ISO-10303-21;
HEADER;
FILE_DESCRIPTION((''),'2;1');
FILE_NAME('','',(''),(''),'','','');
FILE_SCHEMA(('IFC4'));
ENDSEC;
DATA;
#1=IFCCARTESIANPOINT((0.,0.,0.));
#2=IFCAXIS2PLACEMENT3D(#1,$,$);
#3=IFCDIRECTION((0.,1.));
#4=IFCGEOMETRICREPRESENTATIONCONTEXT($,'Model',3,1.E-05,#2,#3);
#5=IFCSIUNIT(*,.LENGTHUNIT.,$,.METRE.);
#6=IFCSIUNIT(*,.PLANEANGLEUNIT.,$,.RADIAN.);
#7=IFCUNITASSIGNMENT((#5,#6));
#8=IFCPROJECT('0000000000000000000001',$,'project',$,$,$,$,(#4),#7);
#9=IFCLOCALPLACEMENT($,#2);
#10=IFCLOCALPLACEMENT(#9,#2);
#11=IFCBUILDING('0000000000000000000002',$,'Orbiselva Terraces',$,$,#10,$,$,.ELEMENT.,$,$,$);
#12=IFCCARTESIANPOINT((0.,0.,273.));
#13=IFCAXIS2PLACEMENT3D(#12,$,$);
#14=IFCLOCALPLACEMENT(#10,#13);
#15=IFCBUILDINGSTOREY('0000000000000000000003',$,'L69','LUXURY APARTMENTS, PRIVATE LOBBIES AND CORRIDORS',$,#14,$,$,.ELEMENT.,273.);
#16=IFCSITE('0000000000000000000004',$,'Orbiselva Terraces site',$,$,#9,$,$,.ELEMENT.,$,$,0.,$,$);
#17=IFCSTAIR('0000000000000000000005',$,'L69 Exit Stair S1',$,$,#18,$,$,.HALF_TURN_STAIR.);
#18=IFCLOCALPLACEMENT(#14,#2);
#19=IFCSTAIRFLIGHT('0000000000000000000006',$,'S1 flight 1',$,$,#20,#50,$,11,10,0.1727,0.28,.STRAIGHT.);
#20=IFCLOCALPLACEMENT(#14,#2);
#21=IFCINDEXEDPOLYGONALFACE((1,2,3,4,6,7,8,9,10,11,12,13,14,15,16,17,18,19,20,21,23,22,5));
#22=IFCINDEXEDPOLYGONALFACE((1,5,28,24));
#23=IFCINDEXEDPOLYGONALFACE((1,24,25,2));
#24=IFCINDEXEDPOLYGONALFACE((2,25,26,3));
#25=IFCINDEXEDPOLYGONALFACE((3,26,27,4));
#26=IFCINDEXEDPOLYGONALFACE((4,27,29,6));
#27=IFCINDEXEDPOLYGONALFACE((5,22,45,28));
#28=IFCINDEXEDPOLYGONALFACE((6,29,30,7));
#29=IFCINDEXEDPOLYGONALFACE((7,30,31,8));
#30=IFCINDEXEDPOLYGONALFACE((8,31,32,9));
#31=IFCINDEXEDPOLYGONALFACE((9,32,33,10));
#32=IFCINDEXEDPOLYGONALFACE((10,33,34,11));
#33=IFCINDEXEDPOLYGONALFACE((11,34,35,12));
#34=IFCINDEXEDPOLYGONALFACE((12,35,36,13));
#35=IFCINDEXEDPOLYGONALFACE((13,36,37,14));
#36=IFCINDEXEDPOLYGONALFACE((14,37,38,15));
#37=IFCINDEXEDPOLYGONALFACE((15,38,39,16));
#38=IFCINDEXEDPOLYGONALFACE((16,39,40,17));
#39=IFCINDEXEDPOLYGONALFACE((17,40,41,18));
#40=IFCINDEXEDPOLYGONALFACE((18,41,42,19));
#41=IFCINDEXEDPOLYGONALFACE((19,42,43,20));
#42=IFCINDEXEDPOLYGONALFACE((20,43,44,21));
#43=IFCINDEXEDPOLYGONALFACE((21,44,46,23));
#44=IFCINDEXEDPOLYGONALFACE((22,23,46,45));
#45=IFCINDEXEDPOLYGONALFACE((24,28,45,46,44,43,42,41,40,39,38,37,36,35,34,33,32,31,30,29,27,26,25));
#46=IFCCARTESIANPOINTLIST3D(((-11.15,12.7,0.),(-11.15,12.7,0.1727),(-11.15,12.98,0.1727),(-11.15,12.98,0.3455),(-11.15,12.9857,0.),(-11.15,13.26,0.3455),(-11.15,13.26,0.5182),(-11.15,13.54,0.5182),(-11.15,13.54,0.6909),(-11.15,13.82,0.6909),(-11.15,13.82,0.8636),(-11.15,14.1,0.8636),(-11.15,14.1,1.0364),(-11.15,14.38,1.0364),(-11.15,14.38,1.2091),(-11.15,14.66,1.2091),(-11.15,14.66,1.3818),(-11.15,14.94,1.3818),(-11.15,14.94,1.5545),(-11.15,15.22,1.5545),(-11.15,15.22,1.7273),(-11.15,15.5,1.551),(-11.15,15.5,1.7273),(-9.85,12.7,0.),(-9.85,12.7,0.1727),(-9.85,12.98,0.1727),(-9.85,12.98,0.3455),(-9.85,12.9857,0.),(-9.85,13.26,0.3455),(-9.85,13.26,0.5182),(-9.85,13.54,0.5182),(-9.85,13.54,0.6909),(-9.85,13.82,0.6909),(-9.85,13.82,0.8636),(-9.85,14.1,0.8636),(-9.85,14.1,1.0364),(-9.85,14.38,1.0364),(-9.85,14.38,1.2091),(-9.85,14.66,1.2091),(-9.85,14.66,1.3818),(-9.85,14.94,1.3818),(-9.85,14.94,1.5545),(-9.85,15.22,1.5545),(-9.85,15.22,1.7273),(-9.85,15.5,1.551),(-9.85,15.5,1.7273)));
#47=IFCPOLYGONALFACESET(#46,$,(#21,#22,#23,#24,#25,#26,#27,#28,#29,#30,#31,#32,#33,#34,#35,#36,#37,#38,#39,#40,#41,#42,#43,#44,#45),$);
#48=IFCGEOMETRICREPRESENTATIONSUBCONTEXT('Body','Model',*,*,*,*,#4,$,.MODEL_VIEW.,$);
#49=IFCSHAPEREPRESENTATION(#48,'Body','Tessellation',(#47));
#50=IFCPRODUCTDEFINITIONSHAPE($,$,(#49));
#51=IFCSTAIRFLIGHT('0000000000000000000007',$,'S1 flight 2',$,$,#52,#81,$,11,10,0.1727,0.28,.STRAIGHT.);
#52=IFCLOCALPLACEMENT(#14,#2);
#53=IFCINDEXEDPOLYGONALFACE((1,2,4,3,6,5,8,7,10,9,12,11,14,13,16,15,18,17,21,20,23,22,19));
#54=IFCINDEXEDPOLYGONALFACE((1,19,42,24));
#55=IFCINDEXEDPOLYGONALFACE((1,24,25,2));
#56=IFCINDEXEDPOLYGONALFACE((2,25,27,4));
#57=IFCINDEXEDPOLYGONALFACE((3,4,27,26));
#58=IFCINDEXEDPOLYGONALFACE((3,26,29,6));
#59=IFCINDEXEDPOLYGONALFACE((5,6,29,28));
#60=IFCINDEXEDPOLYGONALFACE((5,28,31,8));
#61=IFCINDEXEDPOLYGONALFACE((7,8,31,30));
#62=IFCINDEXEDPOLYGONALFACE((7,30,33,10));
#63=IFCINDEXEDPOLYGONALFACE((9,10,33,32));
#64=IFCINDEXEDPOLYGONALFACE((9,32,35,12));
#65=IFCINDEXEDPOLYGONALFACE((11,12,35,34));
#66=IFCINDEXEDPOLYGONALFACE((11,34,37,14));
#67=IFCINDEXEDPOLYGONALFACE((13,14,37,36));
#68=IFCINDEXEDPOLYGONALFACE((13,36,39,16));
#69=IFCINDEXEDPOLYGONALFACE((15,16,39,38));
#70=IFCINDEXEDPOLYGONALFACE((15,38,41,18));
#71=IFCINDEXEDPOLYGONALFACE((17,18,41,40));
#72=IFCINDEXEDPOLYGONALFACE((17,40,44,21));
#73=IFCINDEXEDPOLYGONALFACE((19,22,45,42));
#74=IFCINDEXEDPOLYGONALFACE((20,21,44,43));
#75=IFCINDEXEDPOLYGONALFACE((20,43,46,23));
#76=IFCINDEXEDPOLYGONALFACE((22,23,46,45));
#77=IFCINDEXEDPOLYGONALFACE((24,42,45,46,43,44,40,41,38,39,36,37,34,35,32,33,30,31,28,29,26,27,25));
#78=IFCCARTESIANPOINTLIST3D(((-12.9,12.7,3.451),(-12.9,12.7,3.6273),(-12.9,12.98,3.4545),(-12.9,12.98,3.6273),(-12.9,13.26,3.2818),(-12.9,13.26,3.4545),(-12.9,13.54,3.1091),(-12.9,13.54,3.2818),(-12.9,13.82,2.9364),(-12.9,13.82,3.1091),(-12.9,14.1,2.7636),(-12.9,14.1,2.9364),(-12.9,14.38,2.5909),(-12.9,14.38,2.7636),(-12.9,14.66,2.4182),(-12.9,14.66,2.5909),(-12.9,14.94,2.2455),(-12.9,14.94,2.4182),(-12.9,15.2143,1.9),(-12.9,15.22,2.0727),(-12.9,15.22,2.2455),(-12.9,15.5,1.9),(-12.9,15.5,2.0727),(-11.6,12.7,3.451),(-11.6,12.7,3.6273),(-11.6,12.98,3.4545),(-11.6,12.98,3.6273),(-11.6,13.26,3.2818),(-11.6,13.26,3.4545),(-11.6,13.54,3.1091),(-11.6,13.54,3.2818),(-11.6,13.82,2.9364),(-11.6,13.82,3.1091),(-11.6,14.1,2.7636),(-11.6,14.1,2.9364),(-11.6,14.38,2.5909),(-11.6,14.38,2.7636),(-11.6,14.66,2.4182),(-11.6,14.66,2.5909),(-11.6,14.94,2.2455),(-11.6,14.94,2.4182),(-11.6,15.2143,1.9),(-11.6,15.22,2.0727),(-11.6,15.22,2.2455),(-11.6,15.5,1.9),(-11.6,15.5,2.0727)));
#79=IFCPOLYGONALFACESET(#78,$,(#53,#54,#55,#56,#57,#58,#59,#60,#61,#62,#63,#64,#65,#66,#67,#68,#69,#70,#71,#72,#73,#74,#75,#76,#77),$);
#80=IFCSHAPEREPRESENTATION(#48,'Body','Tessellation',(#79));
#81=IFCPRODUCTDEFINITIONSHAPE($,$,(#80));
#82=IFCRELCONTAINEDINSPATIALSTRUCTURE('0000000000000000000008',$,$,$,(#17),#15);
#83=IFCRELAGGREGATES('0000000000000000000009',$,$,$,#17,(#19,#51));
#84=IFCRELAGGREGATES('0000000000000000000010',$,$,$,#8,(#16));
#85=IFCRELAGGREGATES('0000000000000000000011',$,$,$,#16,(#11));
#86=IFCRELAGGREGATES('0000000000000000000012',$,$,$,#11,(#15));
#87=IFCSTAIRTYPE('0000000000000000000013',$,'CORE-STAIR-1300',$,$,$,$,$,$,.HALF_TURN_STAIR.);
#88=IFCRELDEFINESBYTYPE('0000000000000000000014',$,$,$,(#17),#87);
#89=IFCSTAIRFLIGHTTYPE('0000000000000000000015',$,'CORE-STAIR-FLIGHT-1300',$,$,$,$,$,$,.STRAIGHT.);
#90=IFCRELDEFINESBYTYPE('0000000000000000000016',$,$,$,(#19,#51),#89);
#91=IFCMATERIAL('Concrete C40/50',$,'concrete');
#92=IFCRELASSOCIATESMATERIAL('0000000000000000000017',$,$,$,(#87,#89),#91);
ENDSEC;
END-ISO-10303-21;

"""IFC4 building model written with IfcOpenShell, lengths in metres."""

from ifc_helpers import new_model, si_unit, direction, frame, origin, place, context, subcontext, project, spatial, polyline, outline, extrude, material, type_object, element, aggregate, save


model = new_model("IFC4")

# Units and contexts
model_context = context("Model", 3, precision=1e-05, world=origin(), true_north=direction((0.0, 1.0)))
body_context = subcontext(model_context, "Body", "Model", "MODEL_VIEW")
ifc_project = project(units=[si_unit("LENGTHUNIT", "METRE"), si_unit("PLANEANGLEUNIT", "RADIAN")], contexts=[model_context])

# Site, building, storey
site_placement = place(None, origin())
site = spatial("IfcSite", under=ifc_project, at=site_placement, Name="Orbiselva Terraces site", CompositionType="ELEMENT", RefElevation=0.0)
building_placement = place(site_placement, origin())
building = spatial("IfcBuilding", under=site, at=building_placement, Name="Orbiselva Terraces", CompositionType="ELEMENT")
storey_placement = place(building_placement, frame((0.0, 0.0, 273.0)))
storey = spatial("IfcBuildingStorey", under=building, at=storey_placement, Name="L69", Description="LUXURY APARTMENTS, PRIVATE LOBBIES AND CORRIDORS", CompositionType="ELEMENT", Elevation=273.0)

# Shared definitions
ifc_material_1 = material(Name="Concrete C40/50", Category="concrete")

# Stair, stair flights
stair_type = type_object("IfcStairType", Name="CORE-STAIR-1300", PredefinedType="HALF_TURN_STAIR", material=ifc_material_1)
stair_placement = place(storey_placement, origin())
stair = element("IfcStair", 1, at=stair_placement, inside=storey, type_object=stair_type, Name="L69 Exit Stair S1", PredefinedType="HALF_TURN_STAIR")
stair_flight_type = type_object("IfcStairFlightType", Name="CORE-STAIR-FLIGHT-1300", PredefinedType="STRAIGHT", material=ifc_material_1)
stair_flight_1_placement = place(storey_placement, frame((-10.5, 12.7, 0.0), z_axis=(0.0, 0.0, 1.0), x_axis=(0.0, 1.0, 0.0)))
stair_flight_1 = element("IfcStairFlight", 2, at=stair_flight_1_placement, type_object=stair_flight_type, Name="S1 flight 1", NumberOfRisers=11, NumberOfTreads=10, PredefinedType="STRAIGHT", RiserHeight=0.1727, TreadLength=0.28, context=body_context, shape_type="SweptSolid", body=[
    extrude(outline(polyline([(0.0, 0.0), (0.0, 0.1727), (0.28, 0.1727), (0.28, 0.3455), (0.56, 0.3455), (0.56, 0.5182), (0.84, 0.5182), (0.84, 0.6909), (1.12, 0.6909), (1.12, 0.8636), (1.4, 0.8636), (1.4, 1.0364), (1.68, 1.0364), (1.68, 1.2091), (1.96, 1.2091), (1.96, 1.3818), (2.24, 1.3818), (2.24, 1.5545), (2.52, 1.5545), (2.52, 1.7273), (2.8, 1.7273), (2.8, 1.9), (2.8, 1.551), (0.2857, 0.0), (0.0, 0.0)])), frame((0.0, 0.65, 0.0), z_axis=(0.0, -1.0, 0.0), x_axis=(1.0, 0.0, 0.0)), (0.0, 0.0, 1.0), 1.3),
])
stair_flight_2_placement = place(storey_placement, frame((-12.25, 15.5, 1.9), z_axis=(0.0, 0.0, 1.0), x_axis=(0.0, -1.0, 0.0)))
stair_flight_2 = element("IfcStairFlight", 3, at=stair_flight_2_placement, type_object=stair_flight_type, Name="S1 flight 2", NumberOfRisers=11, NumberOfTreads=10, PredefinedType="STRAIGHT", RiserHeight=0.1727, TreadLength=0.28, context=body_context, shape_type="SweptSolid", body=[
    extrude(outline(polyline([(0.0, 0.0), (0.0, 0.1727), (0.28, 0.1727), (0.28, 0.3455), (0.56, 0.3455), (0.56, 0.5182), (0.84, 0.5182), (0.84, 0.6909), (1.12, 0.6909), (1.12, 0.8636), (1.4, 0.8636), (1.4, 1.0364), (1.68, 1.0364), (1.68, 1.2091), (1.96, 1.2091), (1.96, 1.3818), (2.24, 1.3818), (2.24, 1.5545), (2.52, 1.5545), (2.52, 1.7273), (2.8, 1.7273), (2.8, 1.9), (2.8, 1.551), (0.2857, 0.0), (0.0, 0.0)])), frame((0.0, 0.65, 0.0), z_axis=(0.0, -1.0, 0.0), x_axis=(1.0, 0.0, 0.0)), (0.0, 0.0, 1.0), 1.3),
])
aggregate(stair, [stair_flight_1, stair_flight_2])

save(model, "model.ifc")
